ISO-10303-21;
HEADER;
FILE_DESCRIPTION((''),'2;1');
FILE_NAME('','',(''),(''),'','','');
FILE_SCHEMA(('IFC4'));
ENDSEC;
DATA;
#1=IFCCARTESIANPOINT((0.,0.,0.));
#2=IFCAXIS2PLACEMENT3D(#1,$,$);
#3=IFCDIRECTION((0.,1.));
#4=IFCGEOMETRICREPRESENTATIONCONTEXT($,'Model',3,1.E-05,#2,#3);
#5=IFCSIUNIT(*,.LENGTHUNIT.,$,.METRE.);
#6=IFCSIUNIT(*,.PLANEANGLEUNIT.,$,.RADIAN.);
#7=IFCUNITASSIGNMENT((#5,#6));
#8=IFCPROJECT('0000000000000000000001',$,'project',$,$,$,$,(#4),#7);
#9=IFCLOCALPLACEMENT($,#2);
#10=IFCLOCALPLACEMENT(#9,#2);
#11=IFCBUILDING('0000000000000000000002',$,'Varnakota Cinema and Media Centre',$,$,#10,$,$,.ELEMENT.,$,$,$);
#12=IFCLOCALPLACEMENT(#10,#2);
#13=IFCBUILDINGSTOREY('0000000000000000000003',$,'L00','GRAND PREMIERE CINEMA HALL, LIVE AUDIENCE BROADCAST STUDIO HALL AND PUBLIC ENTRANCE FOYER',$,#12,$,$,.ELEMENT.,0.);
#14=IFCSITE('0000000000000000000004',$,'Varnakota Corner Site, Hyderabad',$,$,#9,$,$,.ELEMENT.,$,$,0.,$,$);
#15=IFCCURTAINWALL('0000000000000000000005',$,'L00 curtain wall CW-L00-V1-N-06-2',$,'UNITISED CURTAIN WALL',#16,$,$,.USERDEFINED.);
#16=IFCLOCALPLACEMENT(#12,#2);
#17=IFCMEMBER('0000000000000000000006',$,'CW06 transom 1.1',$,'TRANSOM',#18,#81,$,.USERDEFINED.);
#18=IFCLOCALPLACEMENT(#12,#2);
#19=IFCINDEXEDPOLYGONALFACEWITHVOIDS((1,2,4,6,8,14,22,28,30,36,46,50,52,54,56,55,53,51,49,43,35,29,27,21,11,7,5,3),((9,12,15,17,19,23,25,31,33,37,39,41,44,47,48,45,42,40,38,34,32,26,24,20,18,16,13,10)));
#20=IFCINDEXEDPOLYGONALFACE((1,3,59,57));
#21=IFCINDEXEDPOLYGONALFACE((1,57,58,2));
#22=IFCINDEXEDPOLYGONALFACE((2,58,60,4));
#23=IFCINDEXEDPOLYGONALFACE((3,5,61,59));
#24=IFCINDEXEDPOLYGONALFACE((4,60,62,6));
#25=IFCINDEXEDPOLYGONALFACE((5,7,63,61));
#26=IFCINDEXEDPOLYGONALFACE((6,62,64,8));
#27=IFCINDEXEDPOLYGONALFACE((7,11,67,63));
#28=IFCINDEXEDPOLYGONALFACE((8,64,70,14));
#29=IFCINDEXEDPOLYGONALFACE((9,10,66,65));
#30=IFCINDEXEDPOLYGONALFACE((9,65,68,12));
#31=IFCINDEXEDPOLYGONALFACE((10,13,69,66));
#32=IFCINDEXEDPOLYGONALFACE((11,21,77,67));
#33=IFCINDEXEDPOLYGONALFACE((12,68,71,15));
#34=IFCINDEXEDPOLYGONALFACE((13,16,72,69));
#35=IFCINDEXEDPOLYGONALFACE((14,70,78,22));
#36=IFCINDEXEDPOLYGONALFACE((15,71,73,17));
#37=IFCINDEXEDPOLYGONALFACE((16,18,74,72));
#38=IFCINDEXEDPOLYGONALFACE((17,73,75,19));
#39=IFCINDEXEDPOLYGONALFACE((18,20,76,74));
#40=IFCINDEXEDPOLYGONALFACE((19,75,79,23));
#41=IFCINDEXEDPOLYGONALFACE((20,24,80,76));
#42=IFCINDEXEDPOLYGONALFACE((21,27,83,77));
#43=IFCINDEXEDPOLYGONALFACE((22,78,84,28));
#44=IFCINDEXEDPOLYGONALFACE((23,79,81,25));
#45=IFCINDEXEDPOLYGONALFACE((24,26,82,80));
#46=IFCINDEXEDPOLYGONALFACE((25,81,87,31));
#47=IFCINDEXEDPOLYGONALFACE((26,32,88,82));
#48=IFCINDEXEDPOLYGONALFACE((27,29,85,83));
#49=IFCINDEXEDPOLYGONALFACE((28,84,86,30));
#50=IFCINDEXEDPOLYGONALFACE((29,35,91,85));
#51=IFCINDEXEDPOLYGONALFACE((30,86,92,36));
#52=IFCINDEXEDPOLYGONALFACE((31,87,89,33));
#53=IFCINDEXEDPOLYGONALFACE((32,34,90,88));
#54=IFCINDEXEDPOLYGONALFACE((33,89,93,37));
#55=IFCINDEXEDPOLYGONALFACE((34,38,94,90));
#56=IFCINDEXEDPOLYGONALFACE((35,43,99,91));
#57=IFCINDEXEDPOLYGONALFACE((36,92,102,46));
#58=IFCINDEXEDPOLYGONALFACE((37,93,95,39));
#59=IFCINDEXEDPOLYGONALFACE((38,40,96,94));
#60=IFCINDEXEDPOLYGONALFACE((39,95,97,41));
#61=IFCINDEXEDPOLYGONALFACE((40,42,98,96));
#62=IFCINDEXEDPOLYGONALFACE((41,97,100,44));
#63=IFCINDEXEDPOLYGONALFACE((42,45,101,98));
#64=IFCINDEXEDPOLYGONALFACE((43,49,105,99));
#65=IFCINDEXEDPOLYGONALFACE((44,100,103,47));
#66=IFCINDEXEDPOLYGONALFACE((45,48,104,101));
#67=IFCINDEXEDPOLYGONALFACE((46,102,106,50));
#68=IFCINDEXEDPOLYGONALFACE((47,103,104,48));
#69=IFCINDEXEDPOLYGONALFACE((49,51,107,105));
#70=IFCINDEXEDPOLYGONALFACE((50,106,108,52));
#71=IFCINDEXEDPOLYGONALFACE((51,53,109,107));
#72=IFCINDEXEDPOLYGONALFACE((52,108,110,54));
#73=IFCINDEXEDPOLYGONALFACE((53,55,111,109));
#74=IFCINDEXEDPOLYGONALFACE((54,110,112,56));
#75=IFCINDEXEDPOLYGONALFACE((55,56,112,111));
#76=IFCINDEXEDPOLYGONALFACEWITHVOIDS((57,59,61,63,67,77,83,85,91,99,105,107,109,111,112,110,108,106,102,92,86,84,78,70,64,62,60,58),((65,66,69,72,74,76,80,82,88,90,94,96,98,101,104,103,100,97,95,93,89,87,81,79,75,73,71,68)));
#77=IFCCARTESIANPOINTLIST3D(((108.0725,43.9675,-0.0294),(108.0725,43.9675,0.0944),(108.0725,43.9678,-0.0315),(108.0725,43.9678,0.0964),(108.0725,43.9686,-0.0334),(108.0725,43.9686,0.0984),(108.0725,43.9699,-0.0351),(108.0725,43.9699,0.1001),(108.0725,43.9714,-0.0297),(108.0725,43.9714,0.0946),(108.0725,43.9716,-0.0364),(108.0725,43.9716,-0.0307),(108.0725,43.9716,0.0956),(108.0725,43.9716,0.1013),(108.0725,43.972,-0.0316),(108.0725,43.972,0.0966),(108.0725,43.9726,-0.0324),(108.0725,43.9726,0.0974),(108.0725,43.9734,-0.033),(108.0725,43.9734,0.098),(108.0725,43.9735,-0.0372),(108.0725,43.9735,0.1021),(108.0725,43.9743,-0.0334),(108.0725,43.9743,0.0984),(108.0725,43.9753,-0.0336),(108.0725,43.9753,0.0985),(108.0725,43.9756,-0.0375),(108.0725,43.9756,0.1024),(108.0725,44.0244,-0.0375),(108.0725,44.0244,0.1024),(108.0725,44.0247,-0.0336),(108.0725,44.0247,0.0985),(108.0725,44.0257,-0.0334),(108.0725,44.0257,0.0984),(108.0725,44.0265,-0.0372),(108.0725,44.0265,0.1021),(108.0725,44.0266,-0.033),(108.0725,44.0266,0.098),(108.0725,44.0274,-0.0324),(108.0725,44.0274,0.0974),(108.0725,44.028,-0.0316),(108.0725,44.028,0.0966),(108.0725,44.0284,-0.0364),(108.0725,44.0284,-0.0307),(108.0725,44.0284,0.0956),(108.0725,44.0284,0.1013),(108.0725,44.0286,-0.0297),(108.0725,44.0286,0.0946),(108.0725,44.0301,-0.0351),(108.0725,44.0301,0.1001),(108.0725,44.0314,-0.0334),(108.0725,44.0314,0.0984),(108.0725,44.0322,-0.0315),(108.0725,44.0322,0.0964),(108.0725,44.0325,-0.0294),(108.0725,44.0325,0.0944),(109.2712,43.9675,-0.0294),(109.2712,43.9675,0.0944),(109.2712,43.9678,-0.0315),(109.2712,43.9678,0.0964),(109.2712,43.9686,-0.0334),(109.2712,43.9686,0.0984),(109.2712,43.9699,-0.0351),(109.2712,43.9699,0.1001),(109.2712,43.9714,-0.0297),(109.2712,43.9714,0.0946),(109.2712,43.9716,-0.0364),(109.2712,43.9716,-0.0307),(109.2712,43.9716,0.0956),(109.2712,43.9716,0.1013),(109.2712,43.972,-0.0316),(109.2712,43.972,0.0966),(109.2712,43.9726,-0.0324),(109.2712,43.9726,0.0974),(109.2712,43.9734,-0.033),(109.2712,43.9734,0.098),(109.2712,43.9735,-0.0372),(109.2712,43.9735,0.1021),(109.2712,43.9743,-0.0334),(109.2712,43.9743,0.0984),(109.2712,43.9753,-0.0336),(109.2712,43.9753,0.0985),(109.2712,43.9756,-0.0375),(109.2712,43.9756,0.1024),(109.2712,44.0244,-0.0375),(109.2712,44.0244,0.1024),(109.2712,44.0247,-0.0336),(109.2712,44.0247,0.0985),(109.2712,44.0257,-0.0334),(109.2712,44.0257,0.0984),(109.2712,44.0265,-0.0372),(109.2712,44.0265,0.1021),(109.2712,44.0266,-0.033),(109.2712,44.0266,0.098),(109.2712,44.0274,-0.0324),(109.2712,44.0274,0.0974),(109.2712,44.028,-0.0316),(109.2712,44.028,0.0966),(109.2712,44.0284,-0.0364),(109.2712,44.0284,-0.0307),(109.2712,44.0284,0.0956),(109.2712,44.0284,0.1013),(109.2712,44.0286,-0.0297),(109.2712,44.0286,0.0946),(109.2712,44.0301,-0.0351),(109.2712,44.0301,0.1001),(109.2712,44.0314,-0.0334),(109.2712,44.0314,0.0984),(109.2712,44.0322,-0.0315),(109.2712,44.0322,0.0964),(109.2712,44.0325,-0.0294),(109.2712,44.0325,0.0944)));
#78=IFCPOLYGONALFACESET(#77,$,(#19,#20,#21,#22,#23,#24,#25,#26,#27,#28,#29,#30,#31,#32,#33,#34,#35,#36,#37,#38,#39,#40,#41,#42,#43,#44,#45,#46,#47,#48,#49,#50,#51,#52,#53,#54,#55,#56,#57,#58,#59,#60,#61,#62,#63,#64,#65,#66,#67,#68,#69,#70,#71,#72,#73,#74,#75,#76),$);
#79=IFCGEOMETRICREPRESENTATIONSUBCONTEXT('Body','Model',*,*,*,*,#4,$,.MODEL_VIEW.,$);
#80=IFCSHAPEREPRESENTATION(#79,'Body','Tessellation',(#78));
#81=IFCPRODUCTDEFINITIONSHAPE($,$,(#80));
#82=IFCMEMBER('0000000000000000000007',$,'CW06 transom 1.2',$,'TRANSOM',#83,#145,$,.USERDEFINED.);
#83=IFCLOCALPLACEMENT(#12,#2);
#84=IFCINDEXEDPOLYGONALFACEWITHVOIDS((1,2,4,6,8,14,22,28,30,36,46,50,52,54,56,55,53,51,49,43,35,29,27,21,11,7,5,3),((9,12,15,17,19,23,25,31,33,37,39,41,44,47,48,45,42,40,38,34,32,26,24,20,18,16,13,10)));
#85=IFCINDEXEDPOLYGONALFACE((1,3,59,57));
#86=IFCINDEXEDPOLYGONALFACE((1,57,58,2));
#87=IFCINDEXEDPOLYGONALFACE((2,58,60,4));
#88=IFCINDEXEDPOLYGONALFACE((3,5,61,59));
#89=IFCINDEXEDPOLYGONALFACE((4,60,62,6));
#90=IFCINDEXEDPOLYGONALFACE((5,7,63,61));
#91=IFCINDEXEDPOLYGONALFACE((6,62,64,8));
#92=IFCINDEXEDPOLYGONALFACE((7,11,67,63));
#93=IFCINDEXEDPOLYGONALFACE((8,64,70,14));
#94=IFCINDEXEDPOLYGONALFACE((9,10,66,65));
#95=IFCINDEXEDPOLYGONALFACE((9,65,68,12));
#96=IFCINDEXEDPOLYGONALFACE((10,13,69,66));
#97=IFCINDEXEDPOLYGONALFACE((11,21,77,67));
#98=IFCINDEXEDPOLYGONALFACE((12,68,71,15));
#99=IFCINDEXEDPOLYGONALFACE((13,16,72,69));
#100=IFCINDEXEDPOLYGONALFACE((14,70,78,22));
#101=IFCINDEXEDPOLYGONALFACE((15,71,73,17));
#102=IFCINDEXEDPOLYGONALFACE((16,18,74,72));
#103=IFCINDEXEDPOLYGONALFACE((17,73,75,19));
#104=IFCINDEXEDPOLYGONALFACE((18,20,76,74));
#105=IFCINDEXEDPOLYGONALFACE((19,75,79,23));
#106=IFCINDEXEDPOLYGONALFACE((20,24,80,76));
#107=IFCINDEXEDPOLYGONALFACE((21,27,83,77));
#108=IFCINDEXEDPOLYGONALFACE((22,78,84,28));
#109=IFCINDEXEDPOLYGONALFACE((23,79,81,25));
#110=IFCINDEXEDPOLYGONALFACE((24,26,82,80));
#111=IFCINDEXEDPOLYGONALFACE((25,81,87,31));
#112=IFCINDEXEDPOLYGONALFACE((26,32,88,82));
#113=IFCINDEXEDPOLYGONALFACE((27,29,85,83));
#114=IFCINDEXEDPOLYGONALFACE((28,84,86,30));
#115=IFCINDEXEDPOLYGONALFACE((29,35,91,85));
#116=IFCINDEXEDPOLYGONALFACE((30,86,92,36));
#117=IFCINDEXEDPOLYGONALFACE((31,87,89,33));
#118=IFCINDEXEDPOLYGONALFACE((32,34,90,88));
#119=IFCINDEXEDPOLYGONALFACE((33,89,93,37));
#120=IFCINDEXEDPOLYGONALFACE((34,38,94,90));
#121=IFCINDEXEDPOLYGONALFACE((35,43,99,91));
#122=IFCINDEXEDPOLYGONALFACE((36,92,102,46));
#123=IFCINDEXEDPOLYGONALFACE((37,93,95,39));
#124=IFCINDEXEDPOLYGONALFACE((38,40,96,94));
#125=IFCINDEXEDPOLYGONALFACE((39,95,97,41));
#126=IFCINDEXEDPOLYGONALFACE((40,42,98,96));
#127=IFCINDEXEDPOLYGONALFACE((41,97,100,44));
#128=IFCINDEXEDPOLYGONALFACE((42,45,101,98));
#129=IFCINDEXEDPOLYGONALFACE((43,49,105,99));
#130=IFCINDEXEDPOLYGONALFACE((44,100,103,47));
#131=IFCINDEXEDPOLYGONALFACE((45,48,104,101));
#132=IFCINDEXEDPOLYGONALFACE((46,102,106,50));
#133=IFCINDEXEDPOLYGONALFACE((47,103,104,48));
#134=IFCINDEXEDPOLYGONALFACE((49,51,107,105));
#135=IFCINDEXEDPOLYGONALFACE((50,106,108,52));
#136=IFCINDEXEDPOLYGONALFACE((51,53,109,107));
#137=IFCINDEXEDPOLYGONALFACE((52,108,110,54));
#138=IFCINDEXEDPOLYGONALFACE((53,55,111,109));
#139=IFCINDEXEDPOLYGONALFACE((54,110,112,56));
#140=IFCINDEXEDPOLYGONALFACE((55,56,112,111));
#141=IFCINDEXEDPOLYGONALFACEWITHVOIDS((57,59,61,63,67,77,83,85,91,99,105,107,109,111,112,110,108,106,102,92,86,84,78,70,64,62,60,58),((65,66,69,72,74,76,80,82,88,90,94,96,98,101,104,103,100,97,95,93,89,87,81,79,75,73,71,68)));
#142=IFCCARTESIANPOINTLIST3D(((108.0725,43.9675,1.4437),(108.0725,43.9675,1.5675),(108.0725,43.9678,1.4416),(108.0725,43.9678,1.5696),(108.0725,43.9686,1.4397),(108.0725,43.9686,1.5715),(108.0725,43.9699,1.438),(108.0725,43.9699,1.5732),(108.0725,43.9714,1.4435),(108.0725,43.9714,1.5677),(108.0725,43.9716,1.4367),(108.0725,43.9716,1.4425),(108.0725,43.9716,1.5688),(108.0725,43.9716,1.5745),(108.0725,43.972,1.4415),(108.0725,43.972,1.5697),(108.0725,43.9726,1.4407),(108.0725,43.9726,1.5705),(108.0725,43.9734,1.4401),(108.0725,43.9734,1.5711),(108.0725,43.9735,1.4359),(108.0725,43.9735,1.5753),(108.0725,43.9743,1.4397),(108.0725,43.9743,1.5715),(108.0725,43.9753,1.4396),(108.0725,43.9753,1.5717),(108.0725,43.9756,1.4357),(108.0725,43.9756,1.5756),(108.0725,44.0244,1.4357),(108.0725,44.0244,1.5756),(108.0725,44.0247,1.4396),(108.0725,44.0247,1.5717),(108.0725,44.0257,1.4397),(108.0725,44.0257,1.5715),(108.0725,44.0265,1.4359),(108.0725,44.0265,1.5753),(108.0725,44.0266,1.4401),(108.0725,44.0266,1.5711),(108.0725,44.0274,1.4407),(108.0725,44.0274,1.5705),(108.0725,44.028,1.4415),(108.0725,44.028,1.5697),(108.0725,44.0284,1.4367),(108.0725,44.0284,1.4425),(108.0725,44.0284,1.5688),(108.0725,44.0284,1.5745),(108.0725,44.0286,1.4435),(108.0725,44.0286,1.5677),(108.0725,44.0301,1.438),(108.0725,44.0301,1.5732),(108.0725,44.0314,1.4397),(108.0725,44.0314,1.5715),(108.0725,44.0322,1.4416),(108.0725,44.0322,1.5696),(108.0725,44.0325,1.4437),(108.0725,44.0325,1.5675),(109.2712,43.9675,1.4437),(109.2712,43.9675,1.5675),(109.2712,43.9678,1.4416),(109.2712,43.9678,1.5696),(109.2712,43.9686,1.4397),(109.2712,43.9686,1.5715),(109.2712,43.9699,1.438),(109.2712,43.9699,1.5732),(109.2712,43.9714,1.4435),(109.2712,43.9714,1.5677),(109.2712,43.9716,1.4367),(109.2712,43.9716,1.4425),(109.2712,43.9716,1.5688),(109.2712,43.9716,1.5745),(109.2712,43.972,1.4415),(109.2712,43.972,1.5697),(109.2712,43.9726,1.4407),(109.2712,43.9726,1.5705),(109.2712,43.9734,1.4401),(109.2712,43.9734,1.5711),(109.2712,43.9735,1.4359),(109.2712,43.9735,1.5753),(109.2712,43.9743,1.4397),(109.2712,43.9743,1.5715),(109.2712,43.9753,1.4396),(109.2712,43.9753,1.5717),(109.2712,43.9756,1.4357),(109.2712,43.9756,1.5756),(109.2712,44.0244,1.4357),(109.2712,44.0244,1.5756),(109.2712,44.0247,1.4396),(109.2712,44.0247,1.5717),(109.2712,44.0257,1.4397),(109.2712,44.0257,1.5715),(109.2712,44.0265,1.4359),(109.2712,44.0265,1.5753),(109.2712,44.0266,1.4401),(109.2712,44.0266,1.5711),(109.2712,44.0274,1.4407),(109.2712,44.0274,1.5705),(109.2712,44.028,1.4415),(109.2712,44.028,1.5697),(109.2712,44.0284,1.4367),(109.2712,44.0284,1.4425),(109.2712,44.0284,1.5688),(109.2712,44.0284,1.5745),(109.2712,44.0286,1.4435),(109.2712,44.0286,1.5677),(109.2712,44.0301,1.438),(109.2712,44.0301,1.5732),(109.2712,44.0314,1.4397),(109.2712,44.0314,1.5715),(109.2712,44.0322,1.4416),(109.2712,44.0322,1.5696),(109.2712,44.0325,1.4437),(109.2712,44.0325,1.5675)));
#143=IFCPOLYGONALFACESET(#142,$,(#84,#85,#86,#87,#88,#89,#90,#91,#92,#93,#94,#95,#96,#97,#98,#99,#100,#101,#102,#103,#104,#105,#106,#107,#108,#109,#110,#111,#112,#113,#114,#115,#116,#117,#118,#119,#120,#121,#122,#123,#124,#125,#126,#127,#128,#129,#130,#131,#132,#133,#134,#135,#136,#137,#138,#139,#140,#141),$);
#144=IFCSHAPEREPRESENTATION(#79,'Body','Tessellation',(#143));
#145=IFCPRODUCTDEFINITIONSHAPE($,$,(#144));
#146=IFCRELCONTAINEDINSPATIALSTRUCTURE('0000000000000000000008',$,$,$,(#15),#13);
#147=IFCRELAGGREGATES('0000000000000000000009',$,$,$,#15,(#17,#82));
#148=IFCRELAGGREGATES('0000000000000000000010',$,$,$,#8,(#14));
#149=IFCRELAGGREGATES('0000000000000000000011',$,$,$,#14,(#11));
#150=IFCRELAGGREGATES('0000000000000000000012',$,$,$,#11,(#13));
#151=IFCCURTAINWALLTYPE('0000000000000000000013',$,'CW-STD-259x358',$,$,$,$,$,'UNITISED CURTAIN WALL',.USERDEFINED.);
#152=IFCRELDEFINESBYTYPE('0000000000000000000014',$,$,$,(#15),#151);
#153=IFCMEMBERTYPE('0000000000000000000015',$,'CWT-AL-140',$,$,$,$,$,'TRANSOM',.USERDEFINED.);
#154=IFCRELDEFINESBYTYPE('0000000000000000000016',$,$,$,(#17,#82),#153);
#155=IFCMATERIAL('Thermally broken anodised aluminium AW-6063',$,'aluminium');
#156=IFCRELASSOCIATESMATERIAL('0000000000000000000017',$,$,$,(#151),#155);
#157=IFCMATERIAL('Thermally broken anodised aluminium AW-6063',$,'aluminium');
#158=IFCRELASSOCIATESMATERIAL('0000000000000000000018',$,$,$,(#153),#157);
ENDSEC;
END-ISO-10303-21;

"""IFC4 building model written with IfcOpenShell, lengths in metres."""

from ifc_helpers import new_model, si_unit, direction, frame, origin, origin_2d, place, context, subcontext, project, spatial, hollow_rectangle, extrude, material, material_profile, profile_set, type_object, element, aggregate, save


model = new_model("IFC4")

# Units and contexts
model_context = context("Model", 3, precision=1e-05, world=origin(), true_north=direction((0.0, 1.0)))
body_context = subcontext(model_context, "Body", "Model", "MODEL_VIEW")
ifc_project = project(units=[si_unit("LENGTHUNIT", "METRE"), si_unit("PLANEANGLEUNIT", "RADIAN")], contexts=[model_context])

# Site, building, storey
site_placement = place(None, origin())
site = spatial("IfcSite", under=ifc_project, at=site_placement, Name="Varnakota Corner Site, Hyderabad", CompositionType="ELEMENT", RefElevation=0.0)
building_placement = place(site_placement, origin())
building = spatial("IfcBuilding", under=site, at=building_placement, Name="Varnakota Cinema and Media Centre", CompositionType="ELEMENT")
storey_placement = place(building_placement, origin())
storey = spatial("IfcBuildingStorey", under=building, at=storey_placement, Name="L00", Description="GRAND PREMIERE CINEMA HALL, LIVE AUDIENCE BROADCAST STUDIO HALL AND PUBLIC ENTRANCE FOYER", CompositionType="ELEMENT", Elevation=0.0)

# Shared definitions
ifc_material_1 = material(Name="Thermally broken anodised aluminium AW-6063", Category="aluminium")
curtain_wall_type = type_object("IfcCurtainWallType", Name="CW-STD-259x358", ElementType="UNITISED CURTAIN WALL", PredefinedType="USERDEFINED", material=ifc_material_1)

# Curtain wall
curtain_wall_1_placement = place(storey_placement, origin())
curtain_wall_1 = element("IfcCurtainWall", 1, at=curtain_wall_1_placement, inside=storey, type_object=curtain_wall_type, Name="L00 curtain wall CW-L00-V1-N-06-2", ObjectType="UNITISED CURTAIN WALL", PredefinedType="USERDEFINED")

# Members
ifc_material_2 = material(Name="Thermally broken anodised aluminium AW-6063", Category="aluminium")
ifc_material_profile_1 = material_profile(ifc_material_2, hollow_rectangle(XDim=0.0649, YDim=0.1399, WallThickness=0.0039, InnerFilletRadius=0.0039, OuterFilletRadius=0.0081, at=origin_2d()), Name="AL-TRANSOM 140x65x4")
ifc_profile_set_1 = profile_set([ifc_material_profile_1], Name="Thermally broken anodised aluminium AW-6063")
member_type_1 = type_object("IfcMemberType", Name="CWT-AL-140", ElementType="TRANSOM", PredefinedType="USERDEFINED", material=ifc_profile_set_1)
member_1_placement = place(storey_placement, frame((108.0725, 44.0, 0.0325), z_axis=(1.0, 0.0, 0.0), x_axis=(0.0, 1.0, 0.0)))
member_1 = element("IfcMember", 2, at=member_1_placement, type_object=member_type_1, Name="CW06 transom 1.1", ObjectType="TRANSOM", PredefinedType="USERDEFINED", context=body_context, shape_type="SweptSolid", body=[
    extrude(hollow_rectangle(XDim=0.0649, YDim=0.1399, WallThickness=0.0039, InnerFilletRadius=0.0039, OuterFilletRadius=0.0081, at=origin_2d()), origin(), (0.0, 0.0, 1.0), 1.1987),
])
member_2_placement = place(storey_placement, frame((108.0725, 44.0, 1.5056), z_axis=(1.0, 0.0, 0.0), x_axis=(0.0, 1.0, 0.0)))
member_2 = element("IfcMember", 3, at=member_2_placement, type_object=member_type_1, Name="CW06 transom 1.2", ObjectType="TRANSOM", PredefinedType="USERDEFINED", context=body_context, shape_type="SweptSolid", body=[
    extrude(hollow_rectangle(XDim=0.0649, YDim=0.1399, WallThickness=0.0039, InnerFilletRadius=0.0039, OuterFilletRadius=0.0081, at=origin_2d()), origin(), (0.0, 0.0, 1.0), 1.1987),
])

aggregate(curtain_wall_1, [member_1, member_2])

save(model, "model.ifc")
